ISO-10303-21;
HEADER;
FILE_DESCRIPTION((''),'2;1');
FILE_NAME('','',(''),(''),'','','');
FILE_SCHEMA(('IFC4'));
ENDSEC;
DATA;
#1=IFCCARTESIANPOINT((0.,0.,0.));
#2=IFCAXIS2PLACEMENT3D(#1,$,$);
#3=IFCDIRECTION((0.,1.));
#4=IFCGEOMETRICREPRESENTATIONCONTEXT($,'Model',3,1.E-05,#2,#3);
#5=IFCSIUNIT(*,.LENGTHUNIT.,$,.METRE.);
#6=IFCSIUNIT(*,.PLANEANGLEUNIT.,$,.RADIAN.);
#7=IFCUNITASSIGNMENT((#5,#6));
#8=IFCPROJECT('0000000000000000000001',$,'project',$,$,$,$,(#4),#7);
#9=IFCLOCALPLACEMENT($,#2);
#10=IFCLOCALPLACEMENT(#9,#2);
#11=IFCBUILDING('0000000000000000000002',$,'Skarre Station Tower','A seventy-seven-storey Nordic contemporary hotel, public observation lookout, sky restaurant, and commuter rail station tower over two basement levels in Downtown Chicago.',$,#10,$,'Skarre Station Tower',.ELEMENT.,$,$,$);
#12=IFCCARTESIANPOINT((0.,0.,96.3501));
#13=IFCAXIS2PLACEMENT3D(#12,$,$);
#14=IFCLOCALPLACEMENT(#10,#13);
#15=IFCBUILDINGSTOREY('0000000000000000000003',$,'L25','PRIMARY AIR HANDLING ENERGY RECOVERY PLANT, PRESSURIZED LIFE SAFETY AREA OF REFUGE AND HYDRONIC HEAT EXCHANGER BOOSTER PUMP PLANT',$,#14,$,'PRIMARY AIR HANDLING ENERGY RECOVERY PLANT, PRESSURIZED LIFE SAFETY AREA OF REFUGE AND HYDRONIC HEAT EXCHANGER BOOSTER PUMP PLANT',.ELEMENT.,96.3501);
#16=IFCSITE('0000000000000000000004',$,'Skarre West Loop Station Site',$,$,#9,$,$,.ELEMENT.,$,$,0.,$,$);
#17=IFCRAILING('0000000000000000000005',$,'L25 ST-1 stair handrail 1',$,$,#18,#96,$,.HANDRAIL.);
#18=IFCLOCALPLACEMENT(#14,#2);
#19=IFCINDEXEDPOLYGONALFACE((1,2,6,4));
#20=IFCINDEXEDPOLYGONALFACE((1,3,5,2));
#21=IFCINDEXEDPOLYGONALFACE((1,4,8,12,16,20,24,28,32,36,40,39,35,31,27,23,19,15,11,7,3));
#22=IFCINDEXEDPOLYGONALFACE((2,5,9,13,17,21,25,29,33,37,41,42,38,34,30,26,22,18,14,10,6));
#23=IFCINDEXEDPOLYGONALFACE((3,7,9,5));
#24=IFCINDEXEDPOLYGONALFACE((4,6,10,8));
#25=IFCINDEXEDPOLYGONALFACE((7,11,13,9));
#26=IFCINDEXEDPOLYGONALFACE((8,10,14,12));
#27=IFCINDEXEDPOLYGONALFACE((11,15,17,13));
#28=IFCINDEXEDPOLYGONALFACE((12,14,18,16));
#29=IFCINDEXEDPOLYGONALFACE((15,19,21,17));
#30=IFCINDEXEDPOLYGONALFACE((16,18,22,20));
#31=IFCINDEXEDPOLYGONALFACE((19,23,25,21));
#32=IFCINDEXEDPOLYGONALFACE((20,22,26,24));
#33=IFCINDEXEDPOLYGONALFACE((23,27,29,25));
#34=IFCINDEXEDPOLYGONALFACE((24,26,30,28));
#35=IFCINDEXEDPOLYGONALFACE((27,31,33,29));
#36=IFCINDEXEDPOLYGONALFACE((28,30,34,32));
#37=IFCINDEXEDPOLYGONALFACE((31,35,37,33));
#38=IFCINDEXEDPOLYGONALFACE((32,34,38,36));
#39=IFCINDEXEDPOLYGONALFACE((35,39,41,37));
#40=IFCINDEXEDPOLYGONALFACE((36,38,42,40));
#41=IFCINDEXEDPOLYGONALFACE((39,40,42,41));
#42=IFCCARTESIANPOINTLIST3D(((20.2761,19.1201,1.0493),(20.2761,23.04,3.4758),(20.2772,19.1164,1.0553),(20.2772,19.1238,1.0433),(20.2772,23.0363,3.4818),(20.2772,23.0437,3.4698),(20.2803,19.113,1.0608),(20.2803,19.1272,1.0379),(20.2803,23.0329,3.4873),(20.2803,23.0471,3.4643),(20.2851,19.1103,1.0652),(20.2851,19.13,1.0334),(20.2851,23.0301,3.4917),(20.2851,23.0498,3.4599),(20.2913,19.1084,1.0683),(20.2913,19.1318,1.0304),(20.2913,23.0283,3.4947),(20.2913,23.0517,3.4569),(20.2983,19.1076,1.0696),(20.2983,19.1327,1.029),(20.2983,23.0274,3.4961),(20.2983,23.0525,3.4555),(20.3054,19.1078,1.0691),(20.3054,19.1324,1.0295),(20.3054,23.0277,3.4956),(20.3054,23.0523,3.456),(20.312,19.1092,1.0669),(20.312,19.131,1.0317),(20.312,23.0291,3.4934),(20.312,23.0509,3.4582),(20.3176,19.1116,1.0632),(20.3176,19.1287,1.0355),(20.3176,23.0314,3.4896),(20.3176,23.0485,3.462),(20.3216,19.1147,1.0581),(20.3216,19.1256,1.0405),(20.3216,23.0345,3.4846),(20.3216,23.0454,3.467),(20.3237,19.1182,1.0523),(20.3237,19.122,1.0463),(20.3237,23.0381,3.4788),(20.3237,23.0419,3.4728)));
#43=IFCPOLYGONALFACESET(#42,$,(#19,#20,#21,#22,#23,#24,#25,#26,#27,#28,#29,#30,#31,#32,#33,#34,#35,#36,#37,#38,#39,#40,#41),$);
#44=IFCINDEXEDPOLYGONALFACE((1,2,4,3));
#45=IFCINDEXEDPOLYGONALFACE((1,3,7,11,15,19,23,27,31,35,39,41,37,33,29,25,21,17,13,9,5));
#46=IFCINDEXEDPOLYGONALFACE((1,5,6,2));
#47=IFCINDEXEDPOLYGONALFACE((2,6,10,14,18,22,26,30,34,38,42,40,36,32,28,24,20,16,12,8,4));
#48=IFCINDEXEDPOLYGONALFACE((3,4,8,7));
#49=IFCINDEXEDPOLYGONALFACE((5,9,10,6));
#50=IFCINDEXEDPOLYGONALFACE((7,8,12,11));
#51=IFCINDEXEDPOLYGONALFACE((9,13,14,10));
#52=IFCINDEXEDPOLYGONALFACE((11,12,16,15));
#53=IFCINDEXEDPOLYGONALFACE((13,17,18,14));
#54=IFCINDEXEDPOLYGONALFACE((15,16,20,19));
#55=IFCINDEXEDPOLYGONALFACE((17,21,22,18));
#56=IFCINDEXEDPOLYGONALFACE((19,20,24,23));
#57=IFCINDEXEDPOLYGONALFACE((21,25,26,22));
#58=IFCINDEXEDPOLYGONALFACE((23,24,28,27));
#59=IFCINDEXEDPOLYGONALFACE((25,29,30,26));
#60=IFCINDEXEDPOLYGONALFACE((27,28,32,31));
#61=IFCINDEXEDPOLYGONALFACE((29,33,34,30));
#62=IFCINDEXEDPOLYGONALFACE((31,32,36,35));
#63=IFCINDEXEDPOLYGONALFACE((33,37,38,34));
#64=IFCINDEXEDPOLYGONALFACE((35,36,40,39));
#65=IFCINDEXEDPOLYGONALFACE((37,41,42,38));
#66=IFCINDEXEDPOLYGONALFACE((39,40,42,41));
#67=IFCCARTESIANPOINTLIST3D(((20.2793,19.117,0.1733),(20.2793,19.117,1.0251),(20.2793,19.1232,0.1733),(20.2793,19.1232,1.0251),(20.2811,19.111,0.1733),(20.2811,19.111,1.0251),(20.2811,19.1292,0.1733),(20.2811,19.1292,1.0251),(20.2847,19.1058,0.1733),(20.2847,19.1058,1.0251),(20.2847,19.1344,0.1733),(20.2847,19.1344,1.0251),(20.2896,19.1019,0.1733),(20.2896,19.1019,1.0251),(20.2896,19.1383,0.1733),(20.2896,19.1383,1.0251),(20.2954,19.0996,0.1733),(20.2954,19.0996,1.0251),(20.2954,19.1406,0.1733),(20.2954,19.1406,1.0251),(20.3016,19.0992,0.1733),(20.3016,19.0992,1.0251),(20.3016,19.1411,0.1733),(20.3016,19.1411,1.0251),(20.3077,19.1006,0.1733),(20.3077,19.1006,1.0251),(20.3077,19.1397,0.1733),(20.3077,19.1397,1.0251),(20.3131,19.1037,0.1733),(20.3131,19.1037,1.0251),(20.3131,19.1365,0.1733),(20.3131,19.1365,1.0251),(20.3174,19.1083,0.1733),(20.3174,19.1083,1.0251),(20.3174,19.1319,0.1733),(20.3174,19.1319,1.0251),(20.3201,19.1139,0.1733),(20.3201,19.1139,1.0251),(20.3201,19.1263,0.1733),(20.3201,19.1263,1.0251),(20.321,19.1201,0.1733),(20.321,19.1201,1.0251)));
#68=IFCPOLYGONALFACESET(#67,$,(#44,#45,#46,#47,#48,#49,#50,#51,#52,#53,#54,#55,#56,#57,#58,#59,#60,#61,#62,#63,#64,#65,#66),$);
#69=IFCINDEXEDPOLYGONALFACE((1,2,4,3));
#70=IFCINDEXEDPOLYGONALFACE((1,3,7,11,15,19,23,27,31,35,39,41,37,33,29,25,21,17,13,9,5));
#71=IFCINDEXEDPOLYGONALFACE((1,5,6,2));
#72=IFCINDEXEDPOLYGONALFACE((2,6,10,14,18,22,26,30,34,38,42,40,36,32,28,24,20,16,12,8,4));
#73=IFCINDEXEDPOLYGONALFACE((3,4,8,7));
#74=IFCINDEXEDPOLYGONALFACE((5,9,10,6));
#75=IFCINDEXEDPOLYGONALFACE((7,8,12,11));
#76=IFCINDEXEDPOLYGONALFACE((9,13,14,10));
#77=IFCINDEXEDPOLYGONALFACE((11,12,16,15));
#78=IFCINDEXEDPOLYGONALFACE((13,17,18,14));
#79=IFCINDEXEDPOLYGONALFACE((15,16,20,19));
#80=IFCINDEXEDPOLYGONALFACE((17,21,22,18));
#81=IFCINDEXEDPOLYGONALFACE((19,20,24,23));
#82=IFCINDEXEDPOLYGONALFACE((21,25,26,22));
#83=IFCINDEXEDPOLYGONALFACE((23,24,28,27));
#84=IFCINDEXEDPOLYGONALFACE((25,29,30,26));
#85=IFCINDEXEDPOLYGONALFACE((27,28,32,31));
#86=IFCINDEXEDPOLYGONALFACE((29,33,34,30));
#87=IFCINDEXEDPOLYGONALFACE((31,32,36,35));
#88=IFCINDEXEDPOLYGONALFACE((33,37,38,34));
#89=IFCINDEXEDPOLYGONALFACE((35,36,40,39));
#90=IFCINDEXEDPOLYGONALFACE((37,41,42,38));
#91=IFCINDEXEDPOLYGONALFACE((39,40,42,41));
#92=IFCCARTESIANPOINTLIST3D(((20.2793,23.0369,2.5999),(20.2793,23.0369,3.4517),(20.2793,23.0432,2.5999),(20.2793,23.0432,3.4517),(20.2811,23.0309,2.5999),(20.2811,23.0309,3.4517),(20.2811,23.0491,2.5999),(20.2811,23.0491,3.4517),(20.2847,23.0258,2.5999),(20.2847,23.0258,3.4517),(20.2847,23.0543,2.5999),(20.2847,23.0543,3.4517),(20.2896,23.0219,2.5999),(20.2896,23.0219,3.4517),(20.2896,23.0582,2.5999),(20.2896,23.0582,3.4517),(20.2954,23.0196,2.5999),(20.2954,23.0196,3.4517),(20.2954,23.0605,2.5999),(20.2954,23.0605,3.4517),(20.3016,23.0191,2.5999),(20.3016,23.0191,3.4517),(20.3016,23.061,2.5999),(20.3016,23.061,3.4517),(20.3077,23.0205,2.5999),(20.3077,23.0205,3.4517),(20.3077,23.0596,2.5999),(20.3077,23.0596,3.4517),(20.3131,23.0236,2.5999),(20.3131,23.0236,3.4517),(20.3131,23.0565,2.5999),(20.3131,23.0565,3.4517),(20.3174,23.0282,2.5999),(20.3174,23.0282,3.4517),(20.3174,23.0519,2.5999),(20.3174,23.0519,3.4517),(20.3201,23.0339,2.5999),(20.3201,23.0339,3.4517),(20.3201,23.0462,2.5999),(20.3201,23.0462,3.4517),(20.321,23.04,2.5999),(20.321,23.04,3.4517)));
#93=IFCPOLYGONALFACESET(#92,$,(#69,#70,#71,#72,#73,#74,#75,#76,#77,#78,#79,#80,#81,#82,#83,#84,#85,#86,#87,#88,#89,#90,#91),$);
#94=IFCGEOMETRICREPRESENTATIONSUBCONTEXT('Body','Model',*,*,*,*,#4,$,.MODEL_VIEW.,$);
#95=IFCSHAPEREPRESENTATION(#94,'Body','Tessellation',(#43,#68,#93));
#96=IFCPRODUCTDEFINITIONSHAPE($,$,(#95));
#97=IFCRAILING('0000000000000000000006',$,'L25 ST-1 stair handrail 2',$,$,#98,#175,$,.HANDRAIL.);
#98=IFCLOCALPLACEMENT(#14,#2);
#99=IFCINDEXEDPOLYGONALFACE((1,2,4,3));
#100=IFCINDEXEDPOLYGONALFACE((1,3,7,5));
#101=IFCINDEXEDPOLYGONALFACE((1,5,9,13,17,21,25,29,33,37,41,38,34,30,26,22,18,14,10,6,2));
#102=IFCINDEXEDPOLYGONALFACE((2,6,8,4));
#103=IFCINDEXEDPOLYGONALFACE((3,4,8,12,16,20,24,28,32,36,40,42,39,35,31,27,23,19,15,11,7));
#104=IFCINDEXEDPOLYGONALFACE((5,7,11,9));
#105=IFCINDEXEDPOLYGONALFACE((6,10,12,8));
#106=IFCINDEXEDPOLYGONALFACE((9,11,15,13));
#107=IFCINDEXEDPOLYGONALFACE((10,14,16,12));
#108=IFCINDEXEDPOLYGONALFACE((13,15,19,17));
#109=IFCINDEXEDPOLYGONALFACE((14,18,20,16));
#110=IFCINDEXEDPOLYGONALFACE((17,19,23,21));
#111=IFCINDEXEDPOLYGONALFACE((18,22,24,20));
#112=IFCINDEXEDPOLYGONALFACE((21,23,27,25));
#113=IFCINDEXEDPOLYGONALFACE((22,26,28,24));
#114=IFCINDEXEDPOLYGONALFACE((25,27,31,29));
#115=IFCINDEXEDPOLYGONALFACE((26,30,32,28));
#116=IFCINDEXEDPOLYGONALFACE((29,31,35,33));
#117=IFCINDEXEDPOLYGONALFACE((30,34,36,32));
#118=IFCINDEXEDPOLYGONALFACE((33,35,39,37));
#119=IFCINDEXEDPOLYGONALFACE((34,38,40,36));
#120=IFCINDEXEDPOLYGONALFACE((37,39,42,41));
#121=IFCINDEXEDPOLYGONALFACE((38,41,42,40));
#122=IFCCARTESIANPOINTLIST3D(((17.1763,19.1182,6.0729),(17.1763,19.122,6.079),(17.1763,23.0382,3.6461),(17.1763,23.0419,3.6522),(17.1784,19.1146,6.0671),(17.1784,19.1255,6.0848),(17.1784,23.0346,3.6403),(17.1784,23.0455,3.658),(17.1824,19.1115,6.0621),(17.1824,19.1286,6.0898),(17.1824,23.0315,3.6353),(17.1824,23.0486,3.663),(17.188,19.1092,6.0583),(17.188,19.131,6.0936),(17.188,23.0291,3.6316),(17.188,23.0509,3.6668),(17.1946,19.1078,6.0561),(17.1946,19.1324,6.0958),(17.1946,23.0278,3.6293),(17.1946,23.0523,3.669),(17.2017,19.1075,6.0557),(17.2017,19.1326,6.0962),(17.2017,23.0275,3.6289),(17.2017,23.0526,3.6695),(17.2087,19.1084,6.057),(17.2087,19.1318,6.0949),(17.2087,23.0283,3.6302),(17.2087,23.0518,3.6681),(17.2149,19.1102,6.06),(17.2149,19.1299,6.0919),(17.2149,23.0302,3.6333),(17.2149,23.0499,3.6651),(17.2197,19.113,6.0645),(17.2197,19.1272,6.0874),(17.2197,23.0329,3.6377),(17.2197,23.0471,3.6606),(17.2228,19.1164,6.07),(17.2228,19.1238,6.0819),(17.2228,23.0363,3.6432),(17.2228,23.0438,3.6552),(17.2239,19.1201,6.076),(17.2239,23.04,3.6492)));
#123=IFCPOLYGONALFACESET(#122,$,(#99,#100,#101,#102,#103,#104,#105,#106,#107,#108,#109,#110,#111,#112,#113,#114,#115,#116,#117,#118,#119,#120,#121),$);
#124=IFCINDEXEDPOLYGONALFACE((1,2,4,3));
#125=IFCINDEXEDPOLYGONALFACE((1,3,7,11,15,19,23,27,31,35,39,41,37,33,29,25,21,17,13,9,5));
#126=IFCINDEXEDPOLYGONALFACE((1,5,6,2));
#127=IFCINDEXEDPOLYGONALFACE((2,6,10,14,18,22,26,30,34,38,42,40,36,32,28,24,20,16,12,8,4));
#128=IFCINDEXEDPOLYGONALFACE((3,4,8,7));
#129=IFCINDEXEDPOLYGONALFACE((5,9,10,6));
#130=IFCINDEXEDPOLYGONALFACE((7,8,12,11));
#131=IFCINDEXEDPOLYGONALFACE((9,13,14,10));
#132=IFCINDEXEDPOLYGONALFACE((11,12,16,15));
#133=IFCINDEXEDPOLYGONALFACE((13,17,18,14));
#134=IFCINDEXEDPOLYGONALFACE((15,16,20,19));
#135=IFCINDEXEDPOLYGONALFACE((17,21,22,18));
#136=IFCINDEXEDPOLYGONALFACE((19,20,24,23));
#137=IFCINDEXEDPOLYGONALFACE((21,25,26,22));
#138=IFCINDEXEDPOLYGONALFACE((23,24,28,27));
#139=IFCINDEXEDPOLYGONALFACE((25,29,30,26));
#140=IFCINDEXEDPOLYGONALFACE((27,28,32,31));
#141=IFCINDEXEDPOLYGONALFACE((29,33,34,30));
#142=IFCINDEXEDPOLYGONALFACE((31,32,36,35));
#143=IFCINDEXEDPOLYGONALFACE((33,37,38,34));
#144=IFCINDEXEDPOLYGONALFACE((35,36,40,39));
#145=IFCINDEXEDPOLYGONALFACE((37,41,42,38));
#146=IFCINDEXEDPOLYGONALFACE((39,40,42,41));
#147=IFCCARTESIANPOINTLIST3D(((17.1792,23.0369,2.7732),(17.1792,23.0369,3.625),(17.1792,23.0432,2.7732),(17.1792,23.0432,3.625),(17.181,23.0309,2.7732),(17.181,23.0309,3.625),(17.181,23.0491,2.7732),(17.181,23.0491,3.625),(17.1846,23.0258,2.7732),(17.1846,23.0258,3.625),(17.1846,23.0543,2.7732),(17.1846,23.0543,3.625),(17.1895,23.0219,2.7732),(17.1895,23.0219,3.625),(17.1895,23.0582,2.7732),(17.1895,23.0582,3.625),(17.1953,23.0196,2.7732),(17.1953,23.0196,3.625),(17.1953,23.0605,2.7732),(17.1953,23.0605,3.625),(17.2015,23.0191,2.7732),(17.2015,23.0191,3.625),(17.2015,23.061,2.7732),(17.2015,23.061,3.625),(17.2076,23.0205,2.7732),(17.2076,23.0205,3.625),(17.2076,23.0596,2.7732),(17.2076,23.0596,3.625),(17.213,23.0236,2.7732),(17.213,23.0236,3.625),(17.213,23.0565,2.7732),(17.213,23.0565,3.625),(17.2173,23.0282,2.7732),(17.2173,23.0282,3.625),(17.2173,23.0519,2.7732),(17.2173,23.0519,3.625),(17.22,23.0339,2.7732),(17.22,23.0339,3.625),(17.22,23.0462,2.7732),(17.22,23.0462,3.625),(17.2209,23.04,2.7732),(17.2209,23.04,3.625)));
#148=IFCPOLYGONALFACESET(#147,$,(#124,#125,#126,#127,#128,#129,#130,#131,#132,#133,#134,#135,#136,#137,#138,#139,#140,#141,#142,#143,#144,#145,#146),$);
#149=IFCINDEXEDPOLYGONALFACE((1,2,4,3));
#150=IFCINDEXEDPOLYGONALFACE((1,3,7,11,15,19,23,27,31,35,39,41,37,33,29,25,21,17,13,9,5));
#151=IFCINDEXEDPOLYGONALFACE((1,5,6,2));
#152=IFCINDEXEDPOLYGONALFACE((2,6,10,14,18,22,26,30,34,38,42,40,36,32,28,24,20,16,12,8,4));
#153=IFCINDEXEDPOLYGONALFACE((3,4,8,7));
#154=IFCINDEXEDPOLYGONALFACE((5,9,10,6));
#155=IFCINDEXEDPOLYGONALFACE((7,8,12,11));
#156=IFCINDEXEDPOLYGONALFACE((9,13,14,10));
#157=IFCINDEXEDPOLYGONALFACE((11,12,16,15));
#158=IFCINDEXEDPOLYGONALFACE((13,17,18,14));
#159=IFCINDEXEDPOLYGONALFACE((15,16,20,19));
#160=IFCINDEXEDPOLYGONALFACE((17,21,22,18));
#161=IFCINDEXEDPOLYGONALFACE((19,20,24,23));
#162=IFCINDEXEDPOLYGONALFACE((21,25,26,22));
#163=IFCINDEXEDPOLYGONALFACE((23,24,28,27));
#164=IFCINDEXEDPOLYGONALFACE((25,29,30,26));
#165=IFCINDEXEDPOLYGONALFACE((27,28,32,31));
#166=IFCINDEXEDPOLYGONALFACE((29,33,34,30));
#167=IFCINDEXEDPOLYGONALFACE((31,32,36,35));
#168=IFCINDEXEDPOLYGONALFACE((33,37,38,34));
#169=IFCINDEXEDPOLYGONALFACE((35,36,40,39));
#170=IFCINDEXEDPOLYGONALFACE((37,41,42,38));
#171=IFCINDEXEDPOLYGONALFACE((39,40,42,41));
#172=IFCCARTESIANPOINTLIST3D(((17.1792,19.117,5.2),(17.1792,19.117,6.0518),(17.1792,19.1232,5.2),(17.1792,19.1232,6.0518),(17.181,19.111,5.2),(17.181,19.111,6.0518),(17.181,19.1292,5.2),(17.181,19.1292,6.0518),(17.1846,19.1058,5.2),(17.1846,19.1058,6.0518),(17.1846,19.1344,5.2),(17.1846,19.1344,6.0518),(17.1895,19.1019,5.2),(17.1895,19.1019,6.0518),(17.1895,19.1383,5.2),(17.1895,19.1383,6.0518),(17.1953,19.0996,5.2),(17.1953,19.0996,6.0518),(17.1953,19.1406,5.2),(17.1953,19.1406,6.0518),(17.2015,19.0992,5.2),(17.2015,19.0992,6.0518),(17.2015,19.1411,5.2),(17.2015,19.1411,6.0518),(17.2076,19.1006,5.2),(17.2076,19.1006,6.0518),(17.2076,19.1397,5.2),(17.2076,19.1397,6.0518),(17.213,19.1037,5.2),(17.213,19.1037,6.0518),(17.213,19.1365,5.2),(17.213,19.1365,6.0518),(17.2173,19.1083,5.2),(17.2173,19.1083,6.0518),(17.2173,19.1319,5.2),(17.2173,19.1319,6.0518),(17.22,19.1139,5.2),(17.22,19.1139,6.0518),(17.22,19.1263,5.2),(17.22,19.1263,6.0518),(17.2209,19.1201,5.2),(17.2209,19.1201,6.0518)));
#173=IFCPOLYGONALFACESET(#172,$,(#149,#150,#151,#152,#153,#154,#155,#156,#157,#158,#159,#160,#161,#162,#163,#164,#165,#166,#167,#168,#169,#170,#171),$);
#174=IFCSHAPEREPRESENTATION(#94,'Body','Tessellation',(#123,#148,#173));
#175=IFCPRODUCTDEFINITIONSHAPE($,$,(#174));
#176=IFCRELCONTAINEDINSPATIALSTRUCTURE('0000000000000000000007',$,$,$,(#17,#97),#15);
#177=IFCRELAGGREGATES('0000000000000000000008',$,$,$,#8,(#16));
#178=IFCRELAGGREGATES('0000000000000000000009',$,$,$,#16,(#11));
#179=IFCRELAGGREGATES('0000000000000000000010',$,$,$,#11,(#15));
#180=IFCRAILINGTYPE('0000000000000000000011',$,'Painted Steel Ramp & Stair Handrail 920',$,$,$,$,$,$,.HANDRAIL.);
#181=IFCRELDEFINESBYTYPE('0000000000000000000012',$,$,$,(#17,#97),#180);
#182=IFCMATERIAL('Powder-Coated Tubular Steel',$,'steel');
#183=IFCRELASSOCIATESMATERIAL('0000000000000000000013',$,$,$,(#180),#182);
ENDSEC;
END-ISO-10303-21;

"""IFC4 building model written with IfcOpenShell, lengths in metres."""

from ifc_helpers import new_model, si_unit, direction, frame, origin, origin_2d, place, context, subcontext, project, spatial, circle, extrude, material, type_object, element, save


model = new_model("IFC4")

# Units and contexts
model_context = context("Model", 3, precision=1e-05, world=origin(), true_north=direction((0.0, 1.0)))
body_context = subcontext(model_context, "Body", "Model", "MODEL_VIEW")
ifc_project = project(units=[si_unit("LENGTHUNIT", "METRE"), si_unit("PLANEANGLEUNIT", "RADIAN")], contexts=[model_context])

# Site, building, storey
site_placement = place(None, origin())
site = spatial("IfcSite", under=ifc_project, at=site_placement, Name="Skarre West Loop Station Site", CompositionType="ELEMENT", RefElevation=0.0)
building_placement = place(site_placement, origin())
building = spatial("IfcBuilding", under=site, at=building_placement, Name="Skarre Station Tower", Description="A seventy-seven-storey Nordic contemporary hotel, public observation lookout, sky restaurant, and commuter rail station tower over two basement levels in Downtown Chicago.", LongName="Skarre Station Tower", CompositionType="ELEMENT")
storey_placement = place(building_placement, frame((0.0, 0.0, 96.3501)))
storey = spatial("IfcBuildingStorey", under=building, at=storey_placement, Name="L25", Description="PRIMARY AIR HANDLING ENERGY RECOVERY PLANT, PRESSURIZED LIFE SAFETY AREA OF REFUGE AND HYDRONIC HEAT EXCHANGER BOOSTER PUMP PLANT", LongName="PRIMARY AIR HANDLING ENERGY RECOVERY PLANT, PRESSURIZED LIFE SAFETY AREA OF REFUGE AND HYDRONIC HEAT EXCHANGER BOOSTER PUMP PLANT", CompositionType="ELEMENT", Elevation=96.3501)

# Railings
ifc_material_1 = material(Name="Powder-Coated Tubular Steel", Category="steel")
railing_type_1 = type_object("IfcRailingType", Name="Painted Steel Ramp & Stair Handrail 920", PredefinedType="HANDRAIL", material=ifc_material_1)
railing_1_placement = place(storey_placement, frame((20.3, 19.1201, 0.1733)))
element("IfcRailing", 1, at=railing_1_placement, inside=storey, type_object=railing_type_1, Name="L25 ST-1 stair handrail 1", PredefinedType="HANDRAIL", context=body_context, shape_type="SweptSolid", body=[
    extrude(circle(Radius=0.0239, at=origin_2d()), frame((0.0, 0.0, 0.876), z_axis=(0.0, 0.850275, 0.526338), x_axis=(-1.0, 0.0, 0.0)), (0.0, 0.0, 1.0), 4.6101),
    extrude(circle(Radius=0.021, at=origin_2d()), origin(), (0.0, 0.0, 1.0), 0.8518),
    extrude(circle(Radius=0.021, at=origin_2d()), frame((0.0, 3.9199, 2.4265)), (0.0, 0.0, 1.0), 0.8518),
])
railing_2_placement = place(storey_placement, frame((17.2, 23.04, 2.7732)))
element("IfcRailing", 2, at=railing_2_placement, inside=storey, type_object=railing_type_1, Name="L25 ST-1 stair handrail 2", PredefinedType="HANDRAIL", context=body_context, shape_type="SweptSolid", body=[
    extrude(circle(Radius=0.0239, at=origin_2d()), frame((0.0, 0.0, 0.876), z_axis=(0.0, -0.850252, 0.526376), x_axis=(1.0, 0.0, 0.0)), (0.0, 0.0, 1.0), 4.6104),
    extrude(circle(Radius=0.021, at=origin_2d()), origin(), (0.0, 0.0, 1.0), 0.8518),
    extrude(circle(Radius=0.021, at=origin_2d()), frame((0.0, -3.9199, 2.4268)), (0.0, 0.0, 1.0), 0.8518),
])

save(model, "model.ifc")
